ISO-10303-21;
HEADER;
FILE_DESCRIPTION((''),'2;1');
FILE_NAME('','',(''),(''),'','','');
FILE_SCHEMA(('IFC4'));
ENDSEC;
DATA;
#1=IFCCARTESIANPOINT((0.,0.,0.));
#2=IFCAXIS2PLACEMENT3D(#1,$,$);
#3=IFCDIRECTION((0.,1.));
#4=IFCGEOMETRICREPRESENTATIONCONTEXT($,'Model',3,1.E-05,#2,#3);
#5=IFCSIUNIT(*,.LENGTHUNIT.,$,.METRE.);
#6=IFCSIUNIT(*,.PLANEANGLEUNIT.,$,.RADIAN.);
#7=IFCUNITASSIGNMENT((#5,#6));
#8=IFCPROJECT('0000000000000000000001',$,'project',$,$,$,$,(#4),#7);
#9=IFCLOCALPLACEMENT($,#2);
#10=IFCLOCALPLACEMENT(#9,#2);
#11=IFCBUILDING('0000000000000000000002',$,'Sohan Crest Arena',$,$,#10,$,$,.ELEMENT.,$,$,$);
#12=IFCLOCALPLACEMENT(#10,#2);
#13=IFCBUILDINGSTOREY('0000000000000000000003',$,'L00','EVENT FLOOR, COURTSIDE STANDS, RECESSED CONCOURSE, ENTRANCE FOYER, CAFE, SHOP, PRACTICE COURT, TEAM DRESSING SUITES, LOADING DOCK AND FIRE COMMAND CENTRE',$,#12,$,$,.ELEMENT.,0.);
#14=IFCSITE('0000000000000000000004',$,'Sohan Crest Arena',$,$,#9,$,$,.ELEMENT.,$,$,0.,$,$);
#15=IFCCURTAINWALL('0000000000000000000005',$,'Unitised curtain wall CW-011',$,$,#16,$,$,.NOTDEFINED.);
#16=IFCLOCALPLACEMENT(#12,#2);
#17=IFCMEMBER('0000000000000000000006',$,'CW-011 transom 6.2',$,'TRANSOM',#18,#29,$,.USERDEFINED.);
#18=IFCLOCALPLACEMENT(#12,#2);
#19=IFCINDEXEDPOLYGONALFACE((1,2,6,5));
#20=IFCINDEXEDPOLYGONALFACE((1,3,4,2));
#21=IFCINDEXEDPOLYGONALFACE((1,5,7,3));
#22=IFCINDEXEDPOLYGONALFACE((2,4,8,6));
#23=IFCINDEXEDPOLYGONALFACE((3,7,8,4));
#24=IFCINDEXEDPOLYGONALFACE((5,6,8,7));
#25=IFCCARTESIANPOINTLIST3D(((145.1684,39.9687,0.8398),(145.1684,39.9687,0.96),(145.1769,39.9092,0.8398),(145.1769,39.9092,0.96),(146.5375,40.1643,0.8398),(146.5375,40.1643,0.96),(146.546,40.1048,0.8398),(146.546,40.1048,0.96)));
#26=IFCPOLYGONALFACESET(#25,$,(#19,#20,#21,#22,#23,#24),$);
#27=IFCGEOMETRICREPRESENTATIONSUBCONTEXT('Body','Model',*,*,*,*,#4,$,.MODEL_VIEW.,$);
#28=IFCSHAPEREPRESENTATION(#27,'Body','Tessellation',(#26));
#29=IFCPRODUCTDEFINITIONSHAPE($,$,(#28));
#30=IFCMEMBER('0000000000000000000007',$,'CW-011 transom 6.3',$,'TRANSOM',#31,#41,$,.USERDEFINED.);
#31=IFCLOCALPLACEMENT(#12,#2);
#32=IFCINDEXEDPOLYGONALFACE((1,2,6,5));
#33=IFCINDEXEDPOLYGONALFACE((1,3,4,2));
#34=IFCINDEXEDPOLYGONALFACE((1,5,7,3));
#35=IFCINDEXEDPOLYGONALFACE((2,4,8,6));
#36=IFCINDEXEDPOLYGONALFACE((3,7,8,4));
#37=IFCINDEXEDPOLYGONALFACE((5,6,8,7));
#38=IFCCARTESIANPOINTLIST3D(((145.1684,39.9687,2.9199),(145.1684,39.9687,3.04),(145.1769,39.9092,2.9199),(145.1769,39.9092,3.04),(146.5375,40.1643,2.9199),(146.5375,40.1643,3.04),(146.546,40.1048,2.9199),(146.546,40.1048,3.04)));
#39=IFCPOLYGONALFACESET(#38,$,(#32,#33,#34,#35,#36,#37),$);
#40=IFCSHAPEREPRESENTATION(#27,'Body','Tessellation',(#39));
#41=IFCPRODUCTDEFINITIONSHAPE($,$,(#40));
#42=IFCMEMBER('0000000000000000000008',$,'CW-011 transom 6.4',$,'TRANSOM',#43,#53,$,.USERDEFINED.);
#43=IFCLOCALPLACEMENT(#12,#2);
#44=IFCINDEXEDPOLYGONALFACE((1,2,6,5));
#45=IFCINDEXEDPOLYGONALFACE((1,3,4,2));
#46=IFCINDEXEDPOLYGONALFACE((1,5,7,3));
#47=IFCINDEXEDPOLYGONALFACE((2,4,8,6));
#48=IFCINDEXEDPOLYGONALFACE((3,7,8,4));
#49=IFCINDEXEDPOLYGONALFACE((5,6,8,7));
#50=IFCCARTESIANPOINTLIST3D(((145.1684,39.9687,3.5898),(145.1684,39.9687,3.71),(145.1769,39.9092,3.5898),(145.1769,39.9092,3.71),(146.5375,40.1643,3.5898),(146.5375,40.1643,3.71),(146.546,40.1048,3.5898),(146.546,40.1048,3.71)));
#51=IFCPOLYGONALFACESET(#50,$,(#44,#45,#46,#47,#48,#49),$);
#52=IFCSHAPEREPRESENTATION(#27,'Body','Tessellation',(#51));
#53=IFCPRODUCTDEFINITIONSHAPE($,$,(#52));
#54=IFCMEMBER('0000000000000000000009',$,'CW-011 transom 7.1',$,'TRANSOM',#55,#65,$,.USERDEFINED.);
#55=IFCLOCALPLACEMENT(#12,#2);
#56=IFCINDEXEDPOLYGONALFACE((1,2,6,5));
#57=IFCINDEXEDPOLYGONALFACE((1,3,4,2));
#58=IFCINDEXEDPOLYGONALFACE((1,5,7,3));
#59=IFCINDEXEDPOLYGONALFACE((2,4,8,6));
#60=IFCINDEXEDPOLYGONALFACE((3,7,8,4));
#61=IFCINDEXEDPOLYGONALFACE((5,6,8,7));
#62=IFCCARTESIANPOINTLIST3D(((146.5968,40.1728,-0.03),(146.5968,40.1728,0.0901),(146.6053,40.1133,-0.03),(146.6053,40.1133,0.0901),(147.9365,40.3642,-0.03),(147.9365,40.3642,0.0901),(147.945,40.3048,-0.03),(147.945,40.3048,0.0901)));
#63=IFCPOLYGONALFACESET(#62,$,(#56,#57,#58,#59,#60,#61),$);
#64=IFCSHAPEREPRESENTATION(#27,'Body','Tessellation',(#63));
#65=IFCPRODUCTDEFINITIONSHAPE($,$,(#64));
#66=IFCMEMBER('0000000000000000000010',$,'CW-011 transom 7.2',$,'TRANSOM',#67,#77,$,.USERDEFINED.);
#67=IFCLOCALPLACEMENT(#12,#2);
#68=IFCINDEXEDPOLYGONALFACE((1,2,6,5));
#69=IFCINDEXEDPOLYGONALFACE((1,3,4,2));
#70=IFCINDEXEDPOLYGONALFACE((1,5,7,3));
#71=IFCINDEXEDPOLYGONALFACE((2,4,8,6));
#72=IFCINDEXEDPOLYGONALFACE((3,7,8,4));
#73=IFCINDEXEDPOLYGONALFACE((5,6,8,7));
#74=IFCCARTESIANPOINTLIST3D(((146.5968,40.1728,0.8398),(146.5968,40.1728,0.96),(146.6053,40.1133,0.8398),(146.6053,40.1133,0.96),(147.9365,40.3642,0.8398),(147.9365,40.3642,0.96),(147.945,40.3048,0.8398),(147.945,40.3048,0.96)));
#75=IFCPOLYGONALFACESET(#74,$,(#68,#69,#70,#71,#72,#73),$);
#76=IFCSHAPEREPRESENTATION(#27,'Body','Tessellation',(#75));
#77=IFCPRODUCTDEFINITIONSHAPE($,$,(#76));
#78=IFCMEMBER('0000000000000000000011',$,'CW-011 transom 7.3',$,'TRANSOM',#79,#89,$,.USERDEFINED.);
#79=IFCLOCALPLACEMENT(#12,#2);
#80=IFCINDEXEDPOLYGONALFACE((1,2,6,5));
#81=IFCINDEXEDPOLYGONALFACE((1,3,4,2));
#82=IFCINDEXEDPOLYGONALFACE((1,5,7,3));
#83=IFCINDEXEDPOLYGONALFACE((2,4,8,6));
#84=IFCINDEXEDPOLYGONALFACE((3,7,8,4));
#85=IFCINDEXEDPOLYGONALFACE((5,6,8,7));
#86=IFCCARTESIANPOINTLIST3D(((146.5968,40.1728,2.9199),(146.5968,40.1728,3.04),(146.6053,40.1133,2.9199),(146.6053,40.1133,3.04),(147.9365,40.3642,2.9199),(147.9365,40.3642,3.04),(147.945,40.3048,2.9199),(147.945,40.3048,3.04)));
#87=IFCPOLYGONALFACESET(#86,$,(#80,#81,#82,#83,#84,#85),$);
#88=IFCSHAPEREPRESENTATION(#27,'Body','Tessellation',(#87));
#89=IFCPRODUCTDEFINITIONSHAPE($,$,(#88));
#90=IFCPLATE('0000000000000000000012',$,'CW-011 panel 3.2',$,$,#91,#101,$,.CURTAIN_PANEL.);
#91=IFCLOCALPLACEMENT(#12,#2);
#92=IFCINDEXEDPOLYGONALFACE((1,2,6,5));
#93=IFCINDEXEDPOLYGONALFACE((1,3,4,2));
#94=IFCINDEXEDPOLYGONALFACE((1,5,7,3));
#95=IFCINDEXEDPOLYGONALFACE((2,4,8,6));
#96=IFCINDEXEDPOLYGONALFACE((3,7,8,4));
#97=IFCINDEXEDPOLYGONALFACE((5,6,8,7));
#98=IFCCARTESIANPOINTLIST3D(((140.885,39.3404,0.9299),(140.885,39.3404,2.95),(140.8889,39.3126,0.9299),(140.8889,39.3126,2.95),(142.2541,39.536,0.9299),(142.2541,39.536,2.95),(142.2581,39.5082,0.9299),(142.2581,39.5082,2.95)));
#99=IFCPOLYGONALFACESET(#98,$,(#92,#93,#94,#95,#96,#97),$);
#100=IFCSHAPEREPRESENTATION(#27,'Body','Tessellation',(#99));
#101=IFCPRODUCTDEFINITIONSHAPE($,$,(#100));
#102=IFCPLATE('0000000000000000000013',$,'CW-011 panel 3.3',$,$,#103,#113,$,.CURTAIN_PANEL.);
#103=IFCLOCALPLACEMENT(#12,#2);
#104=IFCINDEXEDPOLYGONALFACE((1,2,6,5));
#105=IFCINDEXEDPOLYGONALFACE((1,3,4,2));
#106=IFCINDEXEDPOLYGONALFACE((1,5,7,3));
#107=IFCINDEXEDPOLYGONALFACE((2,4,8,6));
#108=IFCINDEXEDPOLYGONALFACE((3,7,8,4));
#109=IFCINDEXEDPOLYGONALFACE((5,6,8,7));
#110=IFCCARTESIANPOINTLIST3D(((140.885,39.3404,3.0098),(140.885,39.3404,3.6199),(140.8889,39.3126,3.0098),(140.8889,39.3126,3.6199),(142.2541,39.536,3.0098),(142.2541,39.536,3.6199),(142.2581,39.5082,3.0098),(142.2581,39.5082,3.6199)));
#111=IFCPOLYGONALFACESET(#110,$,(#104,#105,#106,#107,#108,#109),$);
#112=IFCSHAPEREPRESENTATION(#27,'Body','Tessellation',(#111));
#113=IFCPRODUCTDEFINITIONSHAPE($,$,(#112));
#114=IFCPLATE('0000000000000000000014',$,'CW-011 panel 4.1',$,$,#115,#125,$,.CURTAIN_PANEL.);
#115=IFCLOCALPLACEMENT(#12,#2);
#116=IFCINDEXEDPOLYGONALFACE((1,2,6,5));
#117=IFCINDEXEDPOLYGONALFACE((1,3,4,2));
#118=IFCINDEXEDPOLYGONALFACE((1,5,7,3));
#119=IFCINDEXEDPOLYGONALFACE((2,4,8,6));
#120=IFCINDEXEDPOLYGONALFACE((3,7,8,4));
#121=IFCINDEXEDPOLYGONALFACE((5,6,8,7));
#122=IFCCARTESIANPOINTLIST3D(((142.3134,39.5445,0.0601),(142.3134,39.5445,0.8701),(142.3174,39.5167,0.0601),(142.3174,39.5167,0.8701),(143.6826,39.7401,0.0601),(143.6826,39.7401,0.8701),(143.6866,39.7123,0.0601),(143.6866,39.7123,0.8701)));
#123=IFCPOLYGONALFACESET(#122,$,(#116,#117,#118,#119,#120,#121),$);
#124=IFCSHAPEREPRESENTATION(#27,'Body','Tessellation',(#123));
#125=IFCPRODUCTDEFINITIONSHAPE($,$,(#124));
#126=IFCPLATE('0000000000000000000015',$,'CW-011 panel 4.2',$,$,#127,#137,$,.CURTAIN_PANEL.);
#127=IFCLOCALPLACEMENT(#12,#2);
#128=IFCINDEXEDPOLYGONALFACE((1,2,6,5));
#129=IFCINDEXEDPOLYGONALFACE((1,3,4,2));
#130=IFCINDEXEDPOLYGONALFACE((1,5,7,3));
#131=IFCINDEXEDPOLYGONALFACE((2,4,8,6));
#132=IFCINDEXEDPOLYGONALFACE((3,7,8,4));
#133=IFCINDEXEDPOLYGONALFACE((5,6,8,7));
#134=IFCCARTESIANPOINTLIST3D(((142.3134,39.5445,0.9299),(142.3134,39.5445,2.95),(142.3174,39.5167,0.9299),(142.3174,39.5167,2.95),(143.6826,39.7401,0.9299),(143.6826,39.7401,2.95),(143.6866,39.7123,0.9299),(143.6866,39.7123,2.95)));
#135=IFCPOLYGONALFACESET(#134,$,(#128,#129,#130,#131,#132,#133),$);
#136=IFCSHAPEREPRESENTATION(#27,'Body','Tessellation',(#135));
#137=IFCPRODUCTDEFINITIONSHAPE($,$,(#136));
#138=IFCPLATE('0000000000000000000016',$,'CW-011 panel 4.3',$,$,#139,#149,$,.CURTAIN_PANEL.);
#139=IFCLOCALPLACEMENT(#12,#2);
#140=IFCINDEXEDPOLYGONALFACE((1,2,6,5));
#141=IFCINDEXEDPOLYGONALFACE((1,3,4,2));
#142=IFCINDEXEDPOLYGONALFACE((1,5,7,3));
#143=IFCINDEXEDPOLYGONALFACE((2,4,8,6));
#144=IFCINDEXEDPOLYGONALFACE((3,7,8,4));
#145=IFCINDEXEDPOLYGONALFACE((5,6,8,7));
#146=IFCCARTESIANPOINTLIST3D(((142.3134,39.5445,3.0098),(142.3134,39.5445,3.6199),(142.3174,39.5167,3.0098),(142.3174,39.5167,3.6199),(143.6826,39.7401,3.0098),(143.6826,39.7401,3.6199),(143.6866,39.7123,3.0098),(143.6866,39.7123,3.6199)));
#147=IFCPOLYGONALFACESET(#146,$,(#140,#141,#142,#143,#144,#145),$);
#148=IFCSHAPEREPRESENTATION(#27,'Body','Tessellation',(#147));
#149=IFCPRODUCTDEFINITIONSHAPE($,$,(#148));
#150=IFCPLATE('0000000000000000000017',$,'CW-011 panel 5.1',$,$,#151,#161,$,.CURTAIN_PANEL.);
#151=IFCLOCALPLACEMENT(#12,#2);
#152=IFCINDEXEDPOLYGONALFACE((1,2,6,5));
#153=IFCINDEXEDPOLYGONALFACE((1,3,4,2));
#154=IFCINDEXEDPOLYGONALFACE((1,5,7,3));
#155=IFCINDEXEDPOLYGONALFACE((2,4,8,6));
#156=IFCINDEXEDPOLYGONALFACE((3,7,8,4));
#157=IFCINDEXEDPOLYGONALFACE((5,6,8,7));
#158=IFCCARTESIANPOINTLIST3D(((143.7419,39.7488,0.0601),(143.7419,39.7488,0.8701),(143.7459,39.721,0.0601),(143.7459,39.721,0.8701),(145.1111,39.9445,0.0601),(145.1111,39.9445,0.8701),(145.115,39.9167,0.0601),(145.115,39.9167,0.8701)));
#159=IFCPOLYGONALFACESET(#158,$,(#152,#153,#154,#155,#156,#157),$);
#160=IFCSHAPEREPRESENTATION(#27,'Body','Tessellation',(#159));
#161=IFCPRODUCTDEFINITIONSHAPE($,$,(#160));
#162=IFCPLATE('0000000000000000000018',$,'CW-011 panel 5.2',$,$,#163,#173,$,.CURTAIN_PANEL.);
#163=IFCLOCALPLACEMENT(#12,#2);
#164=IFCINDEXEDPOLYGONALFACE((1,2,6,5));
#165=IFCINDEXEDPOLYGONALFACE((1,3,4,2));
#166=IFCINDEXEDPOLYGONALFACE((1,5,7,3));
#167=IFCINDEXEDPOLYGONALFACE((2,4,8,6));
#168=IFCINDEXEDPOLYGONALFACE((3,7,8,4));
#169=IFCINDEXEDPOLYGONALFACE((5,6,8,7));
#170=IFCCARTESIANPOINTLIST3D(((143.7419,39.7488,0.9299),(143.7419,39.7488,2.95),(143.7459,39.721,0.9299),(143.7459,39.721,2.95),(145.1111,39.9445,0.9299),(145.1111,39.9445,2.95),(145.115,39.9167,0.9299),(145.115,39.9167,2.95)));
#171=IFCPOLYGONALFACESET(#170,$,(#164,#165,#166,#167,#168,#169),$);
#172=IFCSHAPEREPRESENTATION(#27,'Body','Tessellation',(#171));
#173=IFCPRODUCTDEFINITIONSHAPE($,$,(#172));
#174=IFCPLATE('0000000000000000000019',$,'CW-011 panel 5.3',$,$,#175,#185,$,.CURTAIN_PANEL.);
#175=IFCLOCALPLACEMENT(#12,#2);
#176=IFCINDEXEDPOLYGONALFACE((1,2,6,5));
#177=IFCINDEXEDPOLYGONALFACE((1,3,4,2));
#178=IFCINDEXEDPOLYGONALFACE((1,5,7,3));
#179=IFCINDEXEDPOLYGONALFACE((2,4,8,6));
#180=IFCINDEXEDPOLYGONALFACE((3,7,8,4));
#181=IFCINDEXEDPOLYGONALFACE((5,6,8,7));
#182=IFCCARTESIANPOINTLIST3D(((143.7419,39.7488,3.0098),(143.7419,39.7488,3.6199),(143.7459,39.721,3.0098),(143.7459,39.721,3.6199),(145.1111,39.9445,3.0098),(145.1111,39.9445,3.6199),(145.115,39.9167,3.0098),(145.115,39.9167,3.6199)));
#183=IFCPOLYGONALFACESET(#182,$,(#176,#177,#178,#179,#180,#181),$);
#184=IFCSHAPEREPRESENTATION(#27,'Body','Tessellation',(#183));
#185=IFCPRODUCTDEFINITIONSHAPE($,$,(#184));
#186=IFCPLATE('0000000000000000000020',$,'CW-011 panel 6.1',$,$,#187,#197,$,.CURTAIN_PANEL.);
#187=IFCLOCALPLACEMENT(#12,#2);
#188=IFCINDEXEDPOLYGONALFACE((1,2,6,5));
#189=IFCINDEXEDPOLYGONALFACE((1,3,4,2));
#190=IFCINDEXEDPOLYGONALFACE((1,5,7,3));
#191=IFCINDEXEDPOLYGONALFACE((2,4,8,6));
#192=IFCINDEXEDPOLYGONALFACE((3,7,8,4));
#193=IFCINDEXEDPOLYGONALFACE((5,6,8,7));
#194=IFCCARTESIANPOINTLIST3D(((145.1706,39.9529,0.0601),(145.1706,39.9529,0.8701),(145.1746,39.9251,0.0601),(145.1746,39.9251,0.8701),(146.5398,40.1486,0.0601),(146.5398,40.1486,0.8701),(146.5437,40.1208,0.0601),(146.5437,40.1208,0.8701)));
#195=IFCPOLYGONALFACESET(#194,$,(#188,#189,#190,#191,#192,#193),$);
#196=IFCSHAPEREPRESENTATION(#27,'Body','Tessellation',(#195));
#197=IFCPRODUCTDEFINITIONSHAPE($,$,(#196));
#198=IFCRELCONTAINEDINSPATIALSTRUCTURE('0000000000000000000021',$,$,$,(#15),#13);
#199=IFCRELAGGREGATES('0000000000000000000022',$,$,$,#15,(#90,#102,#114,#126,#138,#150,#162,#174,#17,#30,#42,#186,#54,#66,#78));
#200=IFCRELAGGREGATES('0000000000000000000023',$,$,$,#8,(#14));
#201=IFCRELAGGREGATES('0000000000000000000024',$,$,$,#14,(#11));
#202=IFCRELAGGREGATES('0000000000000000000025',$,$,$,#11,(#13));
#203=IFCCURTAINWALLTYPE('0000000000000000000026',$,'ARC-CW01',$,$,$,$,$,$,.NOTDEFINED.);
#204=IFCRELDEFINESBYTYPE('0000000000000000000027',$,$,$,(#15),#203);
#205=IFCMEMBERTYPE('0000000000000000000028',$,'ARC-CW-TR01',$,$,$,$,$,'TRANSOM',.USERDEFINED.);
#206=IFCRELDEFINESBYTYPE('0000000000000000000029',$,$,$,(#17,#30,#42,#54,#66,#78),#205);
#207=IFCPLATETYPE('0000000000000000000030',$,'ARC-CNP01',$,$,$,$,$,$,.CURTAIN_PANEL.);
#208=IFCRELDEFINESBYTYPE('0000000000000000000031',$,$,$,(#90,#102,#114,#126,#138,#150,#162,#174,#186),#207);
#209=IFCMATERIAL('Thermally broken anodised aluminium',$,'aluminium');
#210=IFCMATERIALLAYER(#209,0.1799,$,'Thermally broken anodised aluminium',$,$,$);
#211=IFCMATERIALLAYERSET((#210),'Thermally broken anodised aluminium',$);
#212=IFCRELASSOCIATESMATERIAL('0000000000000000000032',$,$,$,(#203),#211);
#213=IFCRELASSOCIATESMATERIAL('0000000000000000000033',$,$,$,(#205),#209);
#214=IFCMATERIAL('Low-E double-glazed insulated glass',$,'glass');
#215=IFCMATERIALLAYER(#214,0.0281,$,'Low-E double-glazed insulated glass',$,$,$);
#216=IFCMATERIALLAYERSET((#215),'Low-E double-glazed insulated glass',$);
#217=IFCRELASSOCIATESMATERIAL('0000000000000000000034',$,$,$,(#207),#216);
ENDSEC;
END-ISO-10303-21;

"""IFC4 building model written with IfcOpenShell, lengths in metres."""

from ifc_helpers import new_model, si_unit, direction, frame, origin, origin_2d, place, context, subcontext, project, spatial, rectangle, extrude, material, layer, layer_set, material_profile, profile_set, type_object, element, aggregate, save


model = new_model("IFC4")

# Units and contexts
model_context = context("Model", 3, precision=1e-05, world=origin(), true_north=direction((0.0, 1.0)))
body_context = subcontext(model_context, "Body", "Model", "MODEL_VIEW")
ifc_project = project(units=[si_unit("LENGTHUNIT", "METRE"), si_unit("PLANEANGLEUNIT", "RADIAN")], contexts=[model_context])

# Site, building, storey
site_placement = place(None, origin())
site = spatial("IfcSite", under=ifc_project, at=site_placement, Name="Sohan Crest Arena", CompositionType="ELEMENT", RefElevation=0.0)
building_placement = place(site_placement, origin())
building = spatial("IfcBuilding", under=site, at=building_placement, Name="Sohan Crest Arena", CompositionType="ELEMENT")
storey_placement = place(building_placement, origin())
storey = spatial("IfcBuildingStorey", under=building, at=storey_placement, Name="L00", Description="EVENT FLOOR, COURTSIDE STANDS, RECESSED CONCOURSE, ENTRANCE FOYER, CAFE, SHOP, PRACTICE COURT, TEAM DRESSING SUITES, LOADING DOCK AND FIRE COMMAND CENTRE", CompositionType="ELEMENT", Elevation=0.0)

# Curtain wall, members, plates
ifc_material_1 = material(Name="Thermally broken anodised aluminium", Category="aluminium")
ifc_layer_1 = layer(ifc_material_1, 0.1799, Name="Thermally broken anodised aluminium")
ifc_layer_set_1 = layer_set([ifc_layer_1], Name="Thermally broken anodised aluminium")
curtain_wall_type = type_object("IfcCurtainWallType", Name="ARC-CW01", PredefinedType="NOTDEFINED", material=ifc_layer_set_1)
curtain_wall_placement = place(storey_placement, origin())
curtain_wall = element("IfcCurtainWall", 1, at=curtain_wall_placement, inside=storey, type_object=curtain_wall_type, Name="Unitised curtain wall CW-011", PredefinedType="NOTDEFINED")
ifc_material_profile_1 = material_profile(ifc_material_1, rectangle(XDim=0.0601, YDim=0.1201, at=origin_2d()), Name="ALU-TRAN 60x120")
ifc_profile_set_1 = profile_set([ifc_material_profile_1], Name="Thermally broken anodised aluminium")
member_type_1 = type_object("IfcMemberType", Name="ARC-CW-TR01", ElementType="TRANSOM", PredefinedType="USERDEFINED", material=ifc_profile_set_1)
member_1_placement = place(storey_placement, frame((145.1726, 39.939, 0.8999), z_axis=(0.989953, 0.141397, 0.0), x_axis=(-0.141397, 0.989953, 0.0)))
member_1 = element("IfcMember", 2, at=member_1_placement, type_object=member_type_1, Name="CW-011 transom 6.2", ObjectType="TRANSOM", PredefinedType="USERDEFINED", context=body_context, shape_type="SweptSolid", body=[
    extrude(rectangle(XDim=0.0601, YDim=0.1201, at=origin_2d()), origin(), (0.0, 0.0, 1.0), 1.3831),
])
member_2_placement = place(storey_placement, frame((145.1726, 39.939, 2.98), z_axis=(0.989953, 0.141397, 0.0), x_axis=(-0.141397, 0.989953, 0.0)))
member_2 = element("IfcMember", 3, at=member_2_placement, type_object=member_type_1, Name="CW-011 transom 6.3", ObjectType="TRANSOM", PredefinedType="USERDEFINED", context=body_context, shape_type="SweptSolid", body=[
    extrude(rectangle(XDim=0.0601, YDim=0.1201, at=origin_2d()), origin(), (0.0, 0.0, 1.0), 1.3831),
])
member_3_placement = place(storey_placement, frame((145.1726, 39.939, 3.6499), z_axis=(0.989953, 0.141397, 0.0), x_axis=(-0.141397, 0.989953, 0.0)))
member_3 = element("IfcMember", 4, at=member_3_placement, type_object=member_type_1, Name="CW-011 transom 6.4", ObjectType="TRANSOM", PredefinedType="USERDEFINED", context=body_context, shape_type="SweptSolid", body=[
    extrude(rectangle(XDim=0.0601, YDim=0.1201, at=origin_2d()), origin(), (0.0, 0.0, 1.0), 1.3831),
])
member_4_placement = place(storey_placement, frame((146.6011, 40.1431, 0.03), z_axis=(0.989946, 0.141447, 0.0), x_axis=(-0.141447, 0.989946, 0.0)))
member_4 = element("IfcMember", 5, at=member_4_placement, type_object=member_type_1, Name="CW-011 transom 7.1", ObjectType="TRANSOM", PredefinedType="USERDEFINED", context=body_context, shape_type="SweptSolid", body=[
    extrude(rectangle(XDim=0.0601, YDim=0.1201, at=origin_2d()), origin(), (0.0, 0.0, 1.0), 1.3533),
])
member_5_placement = place(storey_placement, frame((146.6011, 40.1431, 0.8999), z_axis=(0.989946, 0.141447, 0.0), x_axis=(-0.141447, 0.989946, 0.0)))
member_5 = element("IfcMember", 6, at=member_5_placement, type_object=member_type_1, Name="CW-011 transom 7.2", ObjectType="TRANSOM", PredefinedType="USERDEFINED", context=body_context, shape_type="SweptSolid", body=[
    extrude(rectangle(XDim=0.0601, YDim=0.1201, at=origin_2d()), origin(), (0.0, 0.0, 1.0), 1.3533),
])
member_6_placement = place(storey_placement, frame((146.6011, 40.1431, 2.98), z_axis=(0.989946, 0.141447, 0.0), x_axis=(-0.141447, 0.989946, 0.0)))
member_6 = element("IfcMember", 7, at=member_6_placement, type_object=member_type_1, Name="CW-011 transom 7.3", ObjectType="TRANSOM", PredefinedType="USERDEFINED", context=body_context, shape_type="SweptSolid", body=[
    extrude(rectangle(XDim=0.0601, YDim=0.1201, at=origin_2d()), origin(), (0.0, 0.0, 1.0), 1.3533),
])
ifc_material_2 = material(Name="Low-E double-glazed insulated glass", Category="glass")
ifc_layer_2 = layer(ifc_material_2, 0.0281, Name="Low-E double-glazed insulated glass")
ifc_layer_set_2 = layer_set([ifc_layer_2], Name="Low-E double-glazed insulated glass")
plate_type = type_object("IfcPlateType", Name="ARC-CNP01", PredefinedType="CURTAIN_PANEL", material=ifc_layer_set_2)
plate_1_placement = place(storey_placement, frame((141.5715, 39.4243, 0.9299), z_axis=(0.0, 0.0, 1.0), x_axis=(0.989944, 0.141463, 0.0)))
plate_1 = element("IfcPlate", 8, at=plate_1_placement, type_object=plate_type, Name="CW-011 panel 3.2", PredefinedType="CURTAIN_PANEL", context=body_context, shape_type="SweptSolid", body=[
    extrude(rectangle(XDim=1.3831, YDim=0.0281, at=origin_2d()), origin(), (0.0, 0.0, 1.0), 2.02),
])
plate_2_placement = place(storey_placement, frame((141.5715, 39.4243, 3.0098), z_axis=(0.0, 0.0, 1.0), x_axis=(0.989944, 0.141463, 0.0)))
plate_2 = element("IfcPlate", 9, at=plate_2_placement, type_object=plate_type, Name="CW-011 panel 3.3", PredefinedType="CURTAIN_PANEL", context=body_context, shape_type="SweptSolid", body=[
    extrude(rectangle(XDim=1.3831, YDim=0.0281, at=origin_2d()), origin(), (0.0, 0.0, 1.0), 0.6101),
])
plate_3_placement = place(storey_placement, frame((143.0, 39.6284, 0.0601), z_axis=(0.0, 0.0, 1.0), x_axis=(0.989944, 0.141463, 0.0)))
plate_3 = element("IfcPlate", 10, at=plate_3_placement, type_object=plate_type, Name="CW-011 panel 4.1", PredefinedType="CURTAIN_PANEL", context=body_context, shape_type="SweptSolid", body=[
    extrude(rectangle(XDim=1.3831, YDim=0.0281, at=origin_2d()), origin(), (0.0, 0.0, 1.0), 0.8101),
])
plate_4_placement = place(storey_placement, frame((143.0, 39.6284, 0.9299), z_axis=(0.0, 0.0, 1.0), x_axis=(0.989944, 0.141463, 0.0)))
plate_4 = element("IfcPlate", 11, at=plate_4_placement, type_object=plate_type, Name="CW-011 panel 4.2", PredefinedType="CURTAIN_PANEL", context=body_context, shape_type="SweptSolid", body=[
    extrude(rectangle(XDim=1.3831, YDim=0.0281, at=origin_2d()), origin(), (0.0, 0.0, 1.0), 2.02),
])
plate_5_placement = place(storey_placement, frame((143.0, 39.6284, 3.0098), z_axis=(0.0, 0.0, 1.0), x_axis=(0.989944, 0.141463, 0.0)))
plate_5 = element("IfcPlate", 12, at=plate_5_placement, type_object=plate_type, Name="CW-011 panel 4.3", PredefinedType="CURTAIN_PANEL", context=body_context, shape_type="SweptSolid", body=[
    extrude(rectangle(XDim=1.3831, YDim=0.0281, at=origin_2d()), origin(), (0.0, 0.0, 1.0), 0.6101),
])
plate_6_placement = place(storey_placement, frame((144.4285, 39.8328, 0.0601), z_axis=(0.0, 0.0, 1.0), x_axis=(0.989944, 0.141463, 0.0)))
plate_6 = element("IfcPlate", 13, at=plate_6_placement, type_object=plate_type, Name="CW-011 panel 5.1", PredefinedType="CURTAIN_PANEL", context=body_context, shape_type="SweptSolid", body=[
    extrude(rectangle(XDim=1.3831, YDim=0.0281, at=origin_2d()), origin(), (0.0, 0.0, 1.0), 0.8101),
])
plate_7_placement = place(storey_placement, frame((144.4285, 39.8328, 0.9299), z_axis=(0.0, 0.0, 1.0), x_axis=(0.989944, 0.141463, 0.0)))
plate_7 = element("IfcPlate", 14, at=plate_7_placement, type_object=plate_type, Name="CW-011 panel 5.2", PredefinedType="CURTAIN_PANEL", context=body_context, shape_type="SweptSolid", body=[
    extrude(rectangle(XDim=1.3831, YDim=0.0281, at=origin_2d()), origin(), (0.0, 0.0, 1.0), 2.02),
])
plate_8_placement = place(storey_placement, frame((144.4285, 39.8328, 3.0098), z_axis=(0.0, 0.0, 1.0), x_axis=(0.989944, 0.141463, 0.0)))
plate_8 = element("IfcPlate", 15, at=plate_8_placement, type_object=plate_type, Name="CW-011 panel 5.3", PredefinedType="CURTAIN_PANEL", context=body_context, shape_type="SweptSolid", body=[
    extrude(rectangle(XDim=1.3831, YDim=0.0281, at=origin_2d()), origin(), (0.0, 0.0, 1.0), 0.6101),
])
plate_9_placement = place(storey_placement, frame((145.8572, 40.0369, 0.0601), z_axis=(0.0, 0.0, 1.0), x_axis=(0.989944, 0.141463, 0.0)))
plate_9 = element("IfcPlate", 16, at=plate_9_placement, type_object=plate_type, Name="CW-011 panel 6.1", PredefinedType="CURTAIN_PANEL", context=body_context, shape_type="SweptSolid", body=[
    extrude(rectangle(XDim=1.3831, YDim=0.0281, at=origin_2d()), origin(), (0.0, 0.0, 1.0), 0.8101),
])
aggregate(curtain_wall, [plate_1, plate_2, plate_3, plate_4, plate_5, plate_6, plate_7, plate_8, member_1, member_2, member_3, plate_9, member_4, member_5, member_6])

save(model, "model.ifc")
